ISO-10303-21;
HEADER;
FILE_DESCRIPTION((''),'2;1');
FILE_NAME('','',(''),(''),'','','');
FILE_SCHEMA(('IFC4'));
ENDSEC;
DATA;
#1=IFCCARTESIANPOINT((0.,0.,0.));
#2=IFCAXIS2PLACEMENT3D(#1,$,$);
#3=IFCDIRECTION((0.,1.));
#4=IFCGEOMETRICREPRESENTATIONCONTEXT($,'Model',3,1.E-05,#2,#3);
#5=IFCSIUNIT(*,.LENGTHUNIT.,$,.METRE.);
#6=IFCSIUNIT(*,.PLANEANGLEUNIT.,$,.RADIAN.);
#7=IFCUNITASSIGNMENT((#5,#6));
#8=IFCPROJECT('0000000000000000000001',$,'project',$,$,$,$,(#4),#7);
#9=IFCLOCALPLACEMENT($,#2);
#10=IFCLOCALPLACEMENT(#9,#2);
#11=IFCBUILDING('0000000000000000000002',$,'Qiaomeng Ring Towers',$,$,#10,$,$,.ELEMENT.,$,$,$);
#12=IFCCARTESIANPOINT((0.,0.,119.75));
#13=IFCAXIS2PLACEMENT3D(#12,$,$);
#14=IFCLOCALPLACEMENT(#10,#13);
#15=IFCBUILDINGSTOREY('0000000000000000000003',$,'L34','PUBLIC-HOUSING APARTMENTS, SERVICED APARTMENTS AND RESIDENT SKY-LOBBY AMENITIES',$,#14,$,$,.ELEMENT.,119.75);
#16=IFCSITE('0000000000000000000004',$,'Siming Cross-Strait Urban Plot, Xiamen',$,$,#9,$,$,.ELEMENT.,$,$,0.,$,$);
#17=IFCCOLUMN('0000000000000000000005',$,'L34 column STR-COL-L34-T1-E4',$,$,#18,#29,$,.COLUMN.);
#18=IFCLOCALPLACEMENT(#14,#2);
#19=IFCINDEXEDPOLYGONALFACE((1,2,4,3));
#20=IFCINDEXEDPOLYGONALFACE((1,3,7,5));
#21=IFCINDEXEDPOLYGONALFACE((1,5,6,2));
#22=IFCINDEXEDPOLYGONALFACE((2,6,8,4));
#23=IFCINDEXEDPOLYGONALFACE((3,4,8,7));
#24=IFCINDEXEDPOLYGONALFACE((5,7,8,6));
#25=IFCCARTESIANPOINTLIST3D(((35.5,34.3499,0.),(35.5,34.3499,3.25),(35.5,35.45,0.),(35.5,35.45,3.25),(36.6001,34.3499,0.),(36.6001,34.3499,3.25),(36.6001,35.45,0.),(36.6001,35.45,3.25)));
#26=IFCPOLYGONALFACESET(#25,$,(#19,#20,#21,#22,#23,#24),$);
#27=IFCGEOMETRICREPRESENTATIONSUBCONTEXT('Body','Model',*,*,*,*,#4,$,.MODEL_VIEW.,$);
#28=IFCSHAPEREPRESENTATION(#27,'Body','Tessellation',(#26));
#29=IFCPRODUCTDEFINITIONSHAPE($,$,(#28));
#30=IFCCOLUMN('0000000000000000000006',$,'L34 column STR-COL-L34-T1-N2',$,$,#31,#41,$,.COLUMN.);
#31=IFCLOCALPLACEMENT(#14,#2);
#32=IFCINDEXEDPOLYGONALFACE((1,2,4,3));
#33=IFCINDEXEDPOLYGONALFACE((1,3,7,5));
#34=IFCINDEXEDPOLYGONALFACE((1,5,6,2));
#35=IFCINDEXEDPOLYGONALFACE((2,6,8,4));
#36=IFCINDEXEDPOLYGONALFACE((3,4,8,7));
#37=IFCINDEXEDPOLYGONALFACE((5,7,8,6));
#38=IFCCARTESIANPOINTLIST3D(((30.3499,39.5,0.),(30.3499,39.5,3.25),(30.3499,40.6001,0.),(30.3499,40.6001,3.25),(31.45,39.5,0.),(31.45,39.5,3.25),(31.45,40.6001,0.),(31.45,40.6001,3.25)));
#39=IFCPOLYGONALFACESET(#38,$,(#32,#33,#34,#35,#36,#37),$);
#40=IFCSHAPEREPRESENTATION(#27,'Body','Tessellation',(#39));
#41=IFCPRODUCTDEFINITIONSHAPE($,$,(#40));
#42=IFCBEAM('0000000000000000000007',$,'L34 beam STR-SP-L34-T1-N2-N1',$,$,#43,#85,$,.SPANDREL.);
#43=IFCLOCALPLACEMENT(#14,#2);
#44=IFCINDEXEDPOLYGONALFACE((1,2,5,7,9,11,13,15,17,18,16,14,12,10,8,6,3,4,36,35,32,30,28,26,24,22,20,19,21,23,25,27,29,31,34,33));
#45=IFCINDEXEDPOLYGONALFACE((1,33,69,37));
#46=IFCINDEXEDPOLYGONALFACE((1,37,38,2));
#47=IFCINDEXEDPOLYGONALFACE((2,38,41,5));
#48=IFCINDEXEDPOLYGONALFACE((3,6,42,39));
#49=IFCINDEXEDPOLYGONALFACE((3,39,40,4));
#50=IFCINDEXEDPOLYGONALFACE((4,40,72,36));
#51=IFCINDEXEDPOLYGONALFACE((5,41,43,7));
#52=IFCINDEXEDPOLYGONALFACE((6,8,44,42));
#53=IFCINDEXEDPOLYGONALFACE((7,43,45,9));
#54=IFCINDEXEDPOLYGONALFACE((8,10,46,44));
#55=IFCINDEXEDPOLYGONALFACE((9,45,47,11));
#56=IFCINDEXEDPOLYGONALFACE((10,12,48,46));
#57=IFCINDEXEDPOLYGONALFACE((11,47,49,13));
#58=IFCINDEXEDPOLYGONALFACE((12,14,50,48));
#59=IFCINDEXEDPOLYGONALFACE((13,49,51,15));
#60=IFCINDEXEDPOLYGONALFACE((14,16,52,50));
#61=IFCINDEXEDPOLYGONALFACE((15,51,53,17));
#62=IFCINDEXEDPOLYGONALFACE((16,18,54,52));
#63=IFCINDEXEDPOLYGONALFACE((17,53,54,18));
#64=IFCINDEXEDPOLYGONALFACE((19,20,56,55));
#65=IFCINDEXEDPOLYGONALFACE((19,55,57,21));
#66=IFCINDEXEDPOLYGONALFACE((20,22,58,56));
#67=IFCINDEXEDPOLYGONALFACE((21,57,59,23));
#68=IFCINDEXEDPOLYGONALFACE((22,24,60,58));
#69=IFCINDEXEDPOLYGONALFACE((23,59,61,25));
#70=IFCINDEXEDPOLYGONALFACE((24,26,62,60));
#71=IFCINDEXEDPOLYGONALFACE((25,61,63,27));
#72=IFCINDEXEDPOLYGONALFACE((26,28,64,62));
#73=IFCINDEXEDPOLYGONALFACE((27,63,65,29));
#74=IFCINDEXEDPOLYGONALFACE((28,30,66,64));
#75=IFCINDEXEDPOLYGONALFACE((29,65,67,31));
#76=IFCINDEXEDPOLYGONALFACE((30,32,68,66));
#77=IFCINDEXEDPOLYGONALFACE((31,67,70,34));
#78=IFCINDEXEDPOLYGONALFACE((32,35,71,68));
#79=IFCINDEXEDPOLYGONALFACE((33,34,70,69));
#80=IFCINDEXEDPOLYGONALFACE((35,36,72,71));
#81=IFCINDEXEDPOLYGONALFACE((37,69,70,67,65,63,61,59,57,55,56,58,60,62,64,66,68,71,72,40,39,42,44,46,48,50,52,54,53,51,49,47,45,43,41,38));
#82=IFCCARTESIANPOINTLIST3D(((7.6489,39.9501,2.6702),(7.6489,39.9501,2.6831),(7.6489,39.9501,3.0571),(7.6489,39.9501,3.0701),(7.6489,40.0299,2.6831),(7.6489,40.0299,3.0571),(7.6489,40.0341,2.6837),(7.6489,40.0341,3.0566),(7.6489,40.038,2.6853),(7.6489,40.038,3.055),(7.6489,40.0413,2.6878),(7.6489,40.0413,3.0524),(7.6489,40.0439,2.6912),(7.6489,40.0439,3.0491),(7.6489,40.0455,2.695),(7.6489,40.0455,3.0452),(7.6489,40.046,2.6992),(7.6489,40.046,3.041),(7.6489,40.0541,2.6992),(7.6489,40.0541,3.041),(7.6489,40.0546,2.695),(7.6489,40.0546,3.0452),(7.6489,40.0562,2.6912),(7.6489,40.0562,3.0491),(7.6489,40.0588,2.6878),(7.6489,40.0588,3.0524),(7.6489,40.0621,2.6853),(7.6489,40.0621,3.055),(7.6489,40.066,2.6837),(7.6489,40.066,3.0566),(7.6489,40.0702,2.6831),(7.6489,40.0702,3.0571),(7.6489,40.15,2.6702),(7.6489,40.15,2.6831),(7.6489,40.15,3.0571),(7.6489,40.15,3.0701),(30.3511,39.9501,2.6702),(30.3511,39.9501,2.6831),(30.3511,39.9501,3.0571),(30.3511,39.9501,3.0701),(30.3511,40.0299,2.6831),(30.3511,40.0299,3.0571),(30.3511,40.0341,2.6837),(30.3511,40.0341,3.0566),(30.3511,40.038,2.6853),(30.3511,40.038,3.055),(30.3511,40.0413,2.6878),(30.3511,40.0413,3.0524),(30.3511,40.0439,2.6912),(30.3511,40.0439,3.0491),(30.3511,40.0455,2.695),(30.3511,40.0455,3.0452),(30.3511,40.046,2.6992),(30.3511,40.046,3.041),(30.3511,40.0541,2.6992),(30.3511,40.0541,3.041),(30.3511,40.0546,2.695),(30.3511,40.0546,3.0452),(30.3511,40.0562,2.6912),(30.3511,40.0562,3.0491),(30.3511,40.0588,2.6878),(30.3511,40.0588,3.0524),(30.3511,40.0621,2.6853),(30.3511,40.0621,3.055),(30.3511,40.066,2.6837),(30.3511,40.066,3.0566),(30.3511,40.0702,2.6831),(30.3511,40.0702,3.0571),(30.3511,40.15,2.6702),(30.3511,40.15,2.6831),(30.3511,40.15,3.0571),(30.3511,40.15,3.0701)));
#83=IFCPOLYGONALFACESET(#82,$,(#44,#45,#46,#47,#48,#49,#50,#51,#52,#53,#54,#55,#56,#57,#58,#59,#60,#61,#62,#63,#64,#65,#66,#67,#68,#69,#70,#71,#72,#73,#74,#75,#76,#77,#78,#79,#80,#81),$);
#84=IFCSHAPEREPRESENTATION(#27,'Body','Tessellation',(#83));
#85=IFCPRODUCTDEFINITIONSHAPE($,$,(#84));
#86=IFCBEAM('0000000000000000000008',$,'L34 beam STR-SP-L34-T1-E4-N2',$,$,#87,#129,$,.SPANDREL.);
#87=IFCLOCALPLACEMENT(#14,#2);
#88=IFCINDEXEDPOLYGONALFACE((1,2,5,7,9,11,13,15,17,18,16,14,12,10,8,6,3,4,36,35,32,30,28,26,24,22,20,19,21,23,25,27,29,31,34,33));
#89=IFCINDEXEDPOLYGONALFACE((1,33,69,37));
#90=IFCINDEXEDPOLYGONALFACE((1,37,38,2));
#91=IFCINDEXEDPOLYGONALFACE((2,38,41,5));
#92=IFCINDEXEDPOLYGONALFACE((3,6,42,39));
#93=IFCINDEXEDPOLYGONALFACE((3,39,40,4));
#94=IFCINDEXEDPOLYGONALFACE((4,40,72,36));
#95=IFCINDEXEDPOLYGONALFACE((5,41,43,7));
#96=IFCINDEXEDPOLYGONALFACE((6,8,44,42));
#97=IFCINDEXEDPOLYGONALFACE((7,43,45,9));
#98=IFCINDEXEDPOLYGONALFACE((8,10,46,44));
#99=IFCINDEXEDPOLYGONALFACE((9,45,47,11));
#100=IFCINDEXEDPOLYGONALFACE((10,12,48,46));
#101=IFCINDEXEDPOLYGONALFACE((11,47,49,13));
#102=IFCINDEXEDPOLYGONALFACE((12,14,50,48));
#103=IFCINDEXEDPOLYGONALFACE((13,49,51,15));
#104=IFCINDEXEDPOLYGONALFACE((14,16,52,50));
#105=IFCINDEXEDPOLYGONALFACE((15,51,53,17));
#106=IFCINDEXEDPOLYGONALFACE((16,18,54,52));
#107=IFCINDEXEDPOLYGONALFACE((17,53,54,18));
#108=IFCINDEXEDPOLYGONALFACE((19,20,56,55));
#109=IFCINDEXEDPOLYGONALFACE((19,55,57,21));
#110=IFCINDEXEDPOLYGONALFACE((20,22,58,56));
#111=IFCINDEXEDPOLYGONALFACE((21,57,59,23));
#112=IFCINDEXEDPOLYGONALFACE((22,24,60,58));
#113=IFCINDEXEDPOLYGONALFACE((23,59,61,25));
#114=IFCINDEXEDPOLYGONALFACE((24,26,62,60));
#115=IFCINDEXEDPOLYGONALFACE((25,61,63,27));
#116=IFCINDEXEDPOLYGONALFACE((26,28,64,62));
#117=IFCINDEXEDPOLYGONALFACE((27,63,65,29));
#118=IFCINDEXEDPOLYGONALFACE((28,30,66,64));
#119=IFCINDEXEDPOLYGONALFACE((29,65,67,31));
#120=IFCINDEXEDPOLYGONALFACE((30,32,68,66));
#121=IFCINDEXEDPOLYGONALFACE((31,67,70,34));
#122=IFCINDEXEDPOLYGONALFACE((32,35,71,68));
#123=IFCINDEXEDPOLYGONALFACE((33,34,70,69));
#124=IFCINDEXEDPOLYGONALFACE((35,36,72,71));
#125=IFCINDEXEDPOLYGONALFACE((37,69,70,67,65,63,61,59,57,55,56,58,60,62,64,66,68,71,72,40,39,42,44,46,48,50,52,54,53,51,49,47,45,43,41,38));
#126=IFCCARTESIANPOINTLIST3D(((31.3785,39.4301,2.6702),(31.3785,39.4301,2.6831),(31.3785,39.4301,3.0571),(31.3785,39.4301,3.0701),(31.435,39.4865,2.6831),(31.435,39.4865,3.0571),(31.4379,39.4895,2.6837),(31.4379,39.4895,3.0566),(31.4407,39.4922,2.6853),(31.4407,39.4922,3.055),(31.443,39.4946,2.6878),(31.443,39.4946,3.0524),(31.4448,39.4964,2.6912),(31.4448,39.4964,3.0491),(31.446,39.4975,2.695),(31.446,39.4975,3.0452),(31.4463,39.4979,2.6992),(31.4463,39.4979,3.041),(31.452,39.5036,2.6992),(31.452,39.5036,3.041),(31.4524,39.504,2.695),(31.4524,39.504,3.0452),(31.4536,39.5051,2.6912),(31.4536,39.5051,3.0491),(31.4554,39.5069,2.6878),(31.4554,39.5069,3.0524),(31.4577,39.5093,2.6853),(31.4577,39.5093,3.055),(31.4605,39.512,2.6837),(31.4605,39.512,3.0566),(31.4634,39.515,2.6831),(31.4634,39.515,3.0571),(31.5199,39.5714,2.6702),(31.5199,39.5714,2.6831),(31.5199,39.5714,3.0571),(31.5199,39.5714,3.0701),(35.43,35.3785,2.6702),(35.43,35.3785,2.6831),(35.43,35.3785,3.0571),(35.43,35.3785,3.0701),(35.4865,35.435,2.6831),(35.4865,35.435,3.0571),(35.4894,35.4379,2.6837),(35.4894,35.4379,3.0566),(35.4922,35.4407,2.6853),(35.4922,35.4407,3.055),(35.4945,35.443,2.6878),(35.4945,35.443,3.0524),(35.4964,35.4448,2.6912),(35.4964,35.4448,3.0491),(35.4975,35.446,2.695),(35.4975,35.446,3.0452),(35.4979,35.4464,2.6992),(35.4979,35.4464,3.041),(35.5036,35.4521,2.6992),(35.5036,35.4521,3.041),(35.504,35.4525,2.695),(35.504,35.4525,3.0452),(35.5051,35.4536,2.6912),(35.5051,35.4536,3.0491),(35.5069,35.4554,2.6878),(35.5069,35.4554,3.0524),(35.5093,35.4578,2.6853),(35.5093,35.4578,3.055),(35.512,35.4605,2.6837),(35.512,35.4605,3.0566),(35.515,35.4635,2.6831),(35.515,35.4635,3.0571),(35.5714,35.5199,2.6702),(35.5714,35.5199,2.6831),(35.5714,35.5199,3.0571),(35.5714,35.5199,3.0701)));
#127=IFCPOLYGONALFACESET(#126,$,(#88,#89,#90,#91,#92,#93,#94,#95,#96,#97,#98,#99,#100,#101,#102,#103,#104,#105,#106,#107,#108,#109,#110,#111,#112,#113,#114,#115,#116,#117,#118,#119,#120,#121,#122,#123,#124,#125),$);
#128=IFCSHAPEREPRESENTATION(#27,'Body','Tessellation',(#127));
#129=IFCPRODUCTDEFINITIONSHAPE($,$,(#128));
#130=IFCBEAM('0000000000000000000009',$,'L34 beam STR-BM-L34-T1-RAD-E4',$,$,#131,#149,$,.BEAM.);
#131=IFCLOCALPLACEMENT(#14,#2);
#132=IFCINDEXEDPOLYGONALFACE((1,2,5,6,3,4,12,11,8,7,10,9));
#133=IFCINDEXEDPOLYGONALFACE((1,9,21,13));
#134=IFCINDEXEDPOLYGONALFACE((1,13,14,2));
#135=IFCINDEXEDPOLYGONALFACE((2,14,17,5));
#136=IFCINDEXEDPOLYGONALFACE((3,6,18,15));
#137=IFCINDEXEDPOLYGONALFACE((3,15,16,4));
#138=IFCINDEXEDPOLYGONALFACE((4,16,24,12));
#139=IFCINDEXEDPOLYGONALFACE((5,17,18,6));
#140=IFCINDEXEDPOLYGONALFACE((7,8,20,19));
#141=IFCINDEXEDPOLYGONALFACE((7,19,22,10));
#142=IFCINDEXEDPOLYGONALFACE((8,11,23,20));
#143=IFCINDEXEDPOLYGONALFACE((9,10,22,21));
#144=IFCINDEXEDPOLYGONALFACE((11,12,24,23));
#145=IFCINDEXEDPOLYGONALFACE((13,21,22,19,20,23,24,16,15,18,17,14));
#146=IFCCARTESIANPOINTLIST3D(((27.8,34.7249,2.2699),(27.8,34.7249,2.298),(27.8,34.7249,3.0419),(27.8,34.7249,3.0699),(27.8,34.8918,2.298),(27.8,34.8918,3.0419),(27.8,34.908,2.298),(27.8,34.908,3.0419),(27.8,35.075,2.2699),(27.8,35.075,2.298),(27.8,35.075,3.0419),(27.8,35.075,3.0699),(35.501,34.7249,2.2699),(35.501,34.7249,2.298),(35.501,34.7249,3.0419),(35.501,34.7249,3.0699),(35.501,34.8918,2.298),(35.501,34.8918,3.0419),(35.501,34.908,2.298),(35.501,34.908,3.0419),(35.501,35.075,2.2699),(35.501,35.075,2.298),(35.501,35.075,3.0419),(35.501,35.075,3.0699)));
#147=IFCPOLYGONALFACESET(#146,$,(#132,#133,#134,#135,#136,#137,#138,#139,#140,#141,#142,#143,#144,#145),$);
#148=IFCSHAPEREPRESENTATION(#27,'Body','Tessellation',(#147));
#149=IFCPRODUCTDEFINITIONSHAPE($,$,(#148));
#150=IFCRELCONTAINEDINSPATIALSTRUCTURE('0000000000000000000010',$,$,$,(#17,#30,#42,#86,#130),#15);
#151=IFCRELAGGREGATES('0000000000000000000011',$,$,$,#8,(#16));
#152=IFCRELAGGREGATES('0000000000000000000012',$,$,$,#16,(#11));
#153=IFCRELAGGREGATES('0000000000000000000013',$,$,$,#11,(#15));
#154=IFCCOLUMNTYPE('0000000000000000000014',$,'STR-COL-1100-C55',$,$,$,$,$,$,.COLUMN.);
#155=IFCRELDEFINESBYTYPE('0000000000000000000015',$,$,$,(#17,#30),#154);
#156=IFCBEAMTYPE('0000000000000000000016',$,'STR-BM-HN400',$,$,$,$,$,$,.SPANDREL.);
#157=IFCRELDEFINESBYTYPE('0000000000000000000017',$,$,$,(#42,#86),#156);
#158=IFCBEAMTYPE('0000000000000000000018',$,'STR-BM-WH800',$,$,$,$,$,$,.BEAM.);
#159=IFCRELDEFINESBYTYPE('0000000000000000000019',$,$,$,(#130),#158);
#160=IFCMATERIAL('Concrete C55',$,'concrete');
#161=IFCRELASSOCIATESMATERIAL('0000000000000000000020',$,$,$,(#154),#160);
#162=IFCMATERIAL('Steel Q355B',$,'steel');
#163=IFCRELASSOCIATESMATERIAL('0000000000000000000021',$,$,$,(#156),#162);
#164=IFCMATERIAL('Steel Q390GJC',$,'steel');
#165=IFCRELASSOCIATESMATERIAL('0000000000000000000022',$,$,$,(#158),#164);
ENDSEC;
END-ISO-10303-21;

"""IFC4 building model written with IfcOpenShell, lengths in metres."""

from ifc_helpers import new_model, si_unit, direction, frame, origin, origin_2d, place, context, subcontext, project, spatial, rectangle, i_section, extrude, source, transform, mapped, material, material_profile, profile_set, type_object, element, save


model = new_model("IFC4")

# Units and contexts
model_context = context("Model", 3, precision=1e-05, world=origin(), true_north=direction((0.0, 1.0)))
body_context = subcontext(model_context, "Body", "Model", "MODEL_VIEW")
ifc_project = project(units=[si_unit("LENGTHUNIT", "METRE"), si_unit("PLANEANGLEUNIT", "RADIAN")], contexts=[model_context])

# Site, building, storey
site_placement = place(None, origin())
site = spatial("IfcSite", under=ifc_project, at=site_placement, Name="Siming Cross-Strait Urban Plot, Xiamen", CompositionType="ELEMENT", RefElevation=0.0)
building_placement = place(site_placement, origin())
building = spatial("IfcBuilding", under=site, at=building_placement, Name="Qiaomeng Ring Towers", CompositionType="ELEMENT")
storey_placement = place(building_placement, frame((0.0, 0.0, 119.75)))
storey = spatial("IfcBuildingStorey", under=building, at=storey_placement, Name="L34", Description="PUBLIC-HOUSING APARTMENTS, SERVICED APARTMENTS AND RESIDENT SKY-LOBBY AMENITIES", CompositionType="ELEMENT", Elevation=119.75)

# Columns
ifc_material_1 = material(Name="Concrete C55", Category="concrete")
ifc_material_profile_1 = material_profile(ifc_material_1, rectangle(XDim=1.1001, YDim=1.1001, at=origin_2d()), Name="RC COL 1100x1100")
ifc_profile_set_1 = profile_set([ifc_material_profile_1], Name="Concrete C55")
column_type = type_object("IfcColumnType", Name="STR-COL-1100-C55", PredefinedType="COLUMN", material=ifc_profile_set_1)
shared_shape_1 = source(origin(), body_context, "Body", "SweptSolid", [
    extrude(rectangle(XDim=1.1001, YDim=1.1001, at=origin_2d()), origin(), (0.0, 0.0, 1.0), 3.25),
])
for number, where, z_axis, x_axis, name in (
    (1, (36.05, 34.8999, 0.0), (0.0, 0.0, 1.0), (1.0, 0.0, 0.0), "L34 column STR-COL-L34-T1-E4"),
    (2, (30.8999, 40.05, 0.0), (0.0, 0.0, 1.0), (1.0, 0.0, 0.0), "L34 column STR-COL-L34-T1-N2"),
):
    element("IfcColumn", number, at=place(storey_placement, frame(where, z_axis=z_axis, x_axis=x_axis)), inside=storey, type_object=column_type, Name=name, PredefinedType="COLUMN", context=body_context, shape_type="MappedRepresentation", body=[
        mapped(shared_shape_1, transform((0.0, 0.0, 0.0), x_axis=(1.0, 0.0, 0.0), y_axis=(0.0, 1.0, 0.0), z_axis=(0.0, 0.0, 1.0), scale=1.0)),
    ])

# Beams
ifc_material_2 = material(Name="Steel Q355B", Category="steel")
ifc_material_profile_2 = material_profile(ifc_material_2, i_section(OverallWidth=0.2, OverallDepth=0.3999, WebThickness=0.0081, FlangeThickness=0.0129, FilletRadius=0.0161, at=origin_2d()), Name="HN 400x200x8x13")
ifc_profile_set_2 = profile_set([ifc_material_profile_2], Name="Steel Q355B")
beam_type_1 = type_object("IfcBeamType", Name="STR-BM-HN400", PredefinedType="SPANDREL", material=ifc_profile_set_2)
shared_shape_2 = source(origin(), body_context, "Body", "SweptSolid", [
    extrude(i_section(OverallWidth=0.2, OverallDepth=0.3999, WebThickness=0.0081, FlangeThickness=0.0129, FilletRadius=0.0161, at=origin_2d()), origin(), (0.0, 0.0, 1.0), 22.7021),
])
beam_1_placement = place(storey_placement, frame((30.3511, 40.05, 2.8701), z_axis=(-1.0, 0.0, 0.0), x_axis=(0.0, -1.0, 0.0)))
element("IfcBeam", 3, at=beam_1_placement, inside=storey, type_object=beam_type_1, Name="L34 beam STR-SP-L34-T1-N2-N1", PredefinedType="SPANDREL", context=body_context, shape_type="MappedRepresentation", body=[
    mapped(shared_shape_2, transform((0.0, 0.0, 0.0), x_axis=(1.0, 0.0, 0.0), y_axis=(0.0, 1.0, 0.0), z_axis=(0.0, 0.0, 1.0), scale=1.0)),
])
shared_shape_3 = source(origin(), body_context, "Body", "SweptSolid", [
    extrude(i_section(OverallWidth=0.2, OverallDepth=0.3999, WebThickness=0.0081, FlangeThickness=0.0129, FilletRadius=0.0161, at=origin_2d()), origin(), (0.0, 0.0, 1.0), 5.7297),
])
beam_2_placement = place(storey_placement, frame((35.5007, 35.4492, 2.8701), z_axis=(-0.707107, 0.707107, 0.0), x_axis=(-0.707107, -0.707107, 0.0)))
element("IfcBeam", 4, at=beam_2_placement, inside=storey, type_object=beam_type_1, Name="L34 beam STR-SP-L34-T1-E4-N2", PredefinedType="SPANDREL", context=body_context, shape_type="MappedRepresentation", body=[
    mapped(shared_shape_3, transform((0.0, 0.0, 0.0), x_axis=(1.0, 0.0, 0.0), y_axis=(0.0, 1.0, 0.0), z_axis=(0.0, 0.0, 1.0), scale=1.0)),
])
ifc_material_3 = material(Name="Steel Q390GJC", Category="steel")
ifc_material_profile_3 = material_profile(ifc_material_3, i_section(OverallWidth=0.3501, OverallDepth=0.8, WebThickness=0.0161, FlangeThickness=0.0281, at=origin_2d()), Name="WH 800x350x16x28")
ifc_profile_set_3 = profile_set([ifc_material_profile_3], Name="Steel Q390GJC")
beam_type_2 = type_object("IfcBeamType", Name="STR-BM-WH800", PredefinedType="BEAM", material=ifc_profile_set_3)
shared_shape_4 = source(origin(), body_context, "Body", "SweptSolid", [
    extrude(i_section(OverallWidth=0.3501, OverallDepth=0.8, WebThickness=0.0161, FlangeThickness=0.0281, at=origin_2d()), origin(), (0.0, 0.0, 1.0), 7.7009),
])
beam_3_placement = place(storey_placement, frame((27.8, 34.8999, 2.6699), z_axis=(1.0, 0.0, 0.0), x_axis=(0.0, 1.0, 0.0)))
element("IfcBeam", 5, at=beam_3_placement, inside=storey, type_object=beam_type_2, Name="L34 beam STR-BM-L34-T1-RAD-E4", PredefinedType="BEAM", context=body_context, shape_type="MappedRepresentation", body=[
    mapped(shared_shape_4, transform((0.0, 0.0, 0.0), x_axis=(1.0, 0.0, 0.0), y_axis=(0.0, 1.0, 0.0), z_axis=(0.0, 0.0, 1.0), scale=1.0)),
])

save(model, "model.ifc")
